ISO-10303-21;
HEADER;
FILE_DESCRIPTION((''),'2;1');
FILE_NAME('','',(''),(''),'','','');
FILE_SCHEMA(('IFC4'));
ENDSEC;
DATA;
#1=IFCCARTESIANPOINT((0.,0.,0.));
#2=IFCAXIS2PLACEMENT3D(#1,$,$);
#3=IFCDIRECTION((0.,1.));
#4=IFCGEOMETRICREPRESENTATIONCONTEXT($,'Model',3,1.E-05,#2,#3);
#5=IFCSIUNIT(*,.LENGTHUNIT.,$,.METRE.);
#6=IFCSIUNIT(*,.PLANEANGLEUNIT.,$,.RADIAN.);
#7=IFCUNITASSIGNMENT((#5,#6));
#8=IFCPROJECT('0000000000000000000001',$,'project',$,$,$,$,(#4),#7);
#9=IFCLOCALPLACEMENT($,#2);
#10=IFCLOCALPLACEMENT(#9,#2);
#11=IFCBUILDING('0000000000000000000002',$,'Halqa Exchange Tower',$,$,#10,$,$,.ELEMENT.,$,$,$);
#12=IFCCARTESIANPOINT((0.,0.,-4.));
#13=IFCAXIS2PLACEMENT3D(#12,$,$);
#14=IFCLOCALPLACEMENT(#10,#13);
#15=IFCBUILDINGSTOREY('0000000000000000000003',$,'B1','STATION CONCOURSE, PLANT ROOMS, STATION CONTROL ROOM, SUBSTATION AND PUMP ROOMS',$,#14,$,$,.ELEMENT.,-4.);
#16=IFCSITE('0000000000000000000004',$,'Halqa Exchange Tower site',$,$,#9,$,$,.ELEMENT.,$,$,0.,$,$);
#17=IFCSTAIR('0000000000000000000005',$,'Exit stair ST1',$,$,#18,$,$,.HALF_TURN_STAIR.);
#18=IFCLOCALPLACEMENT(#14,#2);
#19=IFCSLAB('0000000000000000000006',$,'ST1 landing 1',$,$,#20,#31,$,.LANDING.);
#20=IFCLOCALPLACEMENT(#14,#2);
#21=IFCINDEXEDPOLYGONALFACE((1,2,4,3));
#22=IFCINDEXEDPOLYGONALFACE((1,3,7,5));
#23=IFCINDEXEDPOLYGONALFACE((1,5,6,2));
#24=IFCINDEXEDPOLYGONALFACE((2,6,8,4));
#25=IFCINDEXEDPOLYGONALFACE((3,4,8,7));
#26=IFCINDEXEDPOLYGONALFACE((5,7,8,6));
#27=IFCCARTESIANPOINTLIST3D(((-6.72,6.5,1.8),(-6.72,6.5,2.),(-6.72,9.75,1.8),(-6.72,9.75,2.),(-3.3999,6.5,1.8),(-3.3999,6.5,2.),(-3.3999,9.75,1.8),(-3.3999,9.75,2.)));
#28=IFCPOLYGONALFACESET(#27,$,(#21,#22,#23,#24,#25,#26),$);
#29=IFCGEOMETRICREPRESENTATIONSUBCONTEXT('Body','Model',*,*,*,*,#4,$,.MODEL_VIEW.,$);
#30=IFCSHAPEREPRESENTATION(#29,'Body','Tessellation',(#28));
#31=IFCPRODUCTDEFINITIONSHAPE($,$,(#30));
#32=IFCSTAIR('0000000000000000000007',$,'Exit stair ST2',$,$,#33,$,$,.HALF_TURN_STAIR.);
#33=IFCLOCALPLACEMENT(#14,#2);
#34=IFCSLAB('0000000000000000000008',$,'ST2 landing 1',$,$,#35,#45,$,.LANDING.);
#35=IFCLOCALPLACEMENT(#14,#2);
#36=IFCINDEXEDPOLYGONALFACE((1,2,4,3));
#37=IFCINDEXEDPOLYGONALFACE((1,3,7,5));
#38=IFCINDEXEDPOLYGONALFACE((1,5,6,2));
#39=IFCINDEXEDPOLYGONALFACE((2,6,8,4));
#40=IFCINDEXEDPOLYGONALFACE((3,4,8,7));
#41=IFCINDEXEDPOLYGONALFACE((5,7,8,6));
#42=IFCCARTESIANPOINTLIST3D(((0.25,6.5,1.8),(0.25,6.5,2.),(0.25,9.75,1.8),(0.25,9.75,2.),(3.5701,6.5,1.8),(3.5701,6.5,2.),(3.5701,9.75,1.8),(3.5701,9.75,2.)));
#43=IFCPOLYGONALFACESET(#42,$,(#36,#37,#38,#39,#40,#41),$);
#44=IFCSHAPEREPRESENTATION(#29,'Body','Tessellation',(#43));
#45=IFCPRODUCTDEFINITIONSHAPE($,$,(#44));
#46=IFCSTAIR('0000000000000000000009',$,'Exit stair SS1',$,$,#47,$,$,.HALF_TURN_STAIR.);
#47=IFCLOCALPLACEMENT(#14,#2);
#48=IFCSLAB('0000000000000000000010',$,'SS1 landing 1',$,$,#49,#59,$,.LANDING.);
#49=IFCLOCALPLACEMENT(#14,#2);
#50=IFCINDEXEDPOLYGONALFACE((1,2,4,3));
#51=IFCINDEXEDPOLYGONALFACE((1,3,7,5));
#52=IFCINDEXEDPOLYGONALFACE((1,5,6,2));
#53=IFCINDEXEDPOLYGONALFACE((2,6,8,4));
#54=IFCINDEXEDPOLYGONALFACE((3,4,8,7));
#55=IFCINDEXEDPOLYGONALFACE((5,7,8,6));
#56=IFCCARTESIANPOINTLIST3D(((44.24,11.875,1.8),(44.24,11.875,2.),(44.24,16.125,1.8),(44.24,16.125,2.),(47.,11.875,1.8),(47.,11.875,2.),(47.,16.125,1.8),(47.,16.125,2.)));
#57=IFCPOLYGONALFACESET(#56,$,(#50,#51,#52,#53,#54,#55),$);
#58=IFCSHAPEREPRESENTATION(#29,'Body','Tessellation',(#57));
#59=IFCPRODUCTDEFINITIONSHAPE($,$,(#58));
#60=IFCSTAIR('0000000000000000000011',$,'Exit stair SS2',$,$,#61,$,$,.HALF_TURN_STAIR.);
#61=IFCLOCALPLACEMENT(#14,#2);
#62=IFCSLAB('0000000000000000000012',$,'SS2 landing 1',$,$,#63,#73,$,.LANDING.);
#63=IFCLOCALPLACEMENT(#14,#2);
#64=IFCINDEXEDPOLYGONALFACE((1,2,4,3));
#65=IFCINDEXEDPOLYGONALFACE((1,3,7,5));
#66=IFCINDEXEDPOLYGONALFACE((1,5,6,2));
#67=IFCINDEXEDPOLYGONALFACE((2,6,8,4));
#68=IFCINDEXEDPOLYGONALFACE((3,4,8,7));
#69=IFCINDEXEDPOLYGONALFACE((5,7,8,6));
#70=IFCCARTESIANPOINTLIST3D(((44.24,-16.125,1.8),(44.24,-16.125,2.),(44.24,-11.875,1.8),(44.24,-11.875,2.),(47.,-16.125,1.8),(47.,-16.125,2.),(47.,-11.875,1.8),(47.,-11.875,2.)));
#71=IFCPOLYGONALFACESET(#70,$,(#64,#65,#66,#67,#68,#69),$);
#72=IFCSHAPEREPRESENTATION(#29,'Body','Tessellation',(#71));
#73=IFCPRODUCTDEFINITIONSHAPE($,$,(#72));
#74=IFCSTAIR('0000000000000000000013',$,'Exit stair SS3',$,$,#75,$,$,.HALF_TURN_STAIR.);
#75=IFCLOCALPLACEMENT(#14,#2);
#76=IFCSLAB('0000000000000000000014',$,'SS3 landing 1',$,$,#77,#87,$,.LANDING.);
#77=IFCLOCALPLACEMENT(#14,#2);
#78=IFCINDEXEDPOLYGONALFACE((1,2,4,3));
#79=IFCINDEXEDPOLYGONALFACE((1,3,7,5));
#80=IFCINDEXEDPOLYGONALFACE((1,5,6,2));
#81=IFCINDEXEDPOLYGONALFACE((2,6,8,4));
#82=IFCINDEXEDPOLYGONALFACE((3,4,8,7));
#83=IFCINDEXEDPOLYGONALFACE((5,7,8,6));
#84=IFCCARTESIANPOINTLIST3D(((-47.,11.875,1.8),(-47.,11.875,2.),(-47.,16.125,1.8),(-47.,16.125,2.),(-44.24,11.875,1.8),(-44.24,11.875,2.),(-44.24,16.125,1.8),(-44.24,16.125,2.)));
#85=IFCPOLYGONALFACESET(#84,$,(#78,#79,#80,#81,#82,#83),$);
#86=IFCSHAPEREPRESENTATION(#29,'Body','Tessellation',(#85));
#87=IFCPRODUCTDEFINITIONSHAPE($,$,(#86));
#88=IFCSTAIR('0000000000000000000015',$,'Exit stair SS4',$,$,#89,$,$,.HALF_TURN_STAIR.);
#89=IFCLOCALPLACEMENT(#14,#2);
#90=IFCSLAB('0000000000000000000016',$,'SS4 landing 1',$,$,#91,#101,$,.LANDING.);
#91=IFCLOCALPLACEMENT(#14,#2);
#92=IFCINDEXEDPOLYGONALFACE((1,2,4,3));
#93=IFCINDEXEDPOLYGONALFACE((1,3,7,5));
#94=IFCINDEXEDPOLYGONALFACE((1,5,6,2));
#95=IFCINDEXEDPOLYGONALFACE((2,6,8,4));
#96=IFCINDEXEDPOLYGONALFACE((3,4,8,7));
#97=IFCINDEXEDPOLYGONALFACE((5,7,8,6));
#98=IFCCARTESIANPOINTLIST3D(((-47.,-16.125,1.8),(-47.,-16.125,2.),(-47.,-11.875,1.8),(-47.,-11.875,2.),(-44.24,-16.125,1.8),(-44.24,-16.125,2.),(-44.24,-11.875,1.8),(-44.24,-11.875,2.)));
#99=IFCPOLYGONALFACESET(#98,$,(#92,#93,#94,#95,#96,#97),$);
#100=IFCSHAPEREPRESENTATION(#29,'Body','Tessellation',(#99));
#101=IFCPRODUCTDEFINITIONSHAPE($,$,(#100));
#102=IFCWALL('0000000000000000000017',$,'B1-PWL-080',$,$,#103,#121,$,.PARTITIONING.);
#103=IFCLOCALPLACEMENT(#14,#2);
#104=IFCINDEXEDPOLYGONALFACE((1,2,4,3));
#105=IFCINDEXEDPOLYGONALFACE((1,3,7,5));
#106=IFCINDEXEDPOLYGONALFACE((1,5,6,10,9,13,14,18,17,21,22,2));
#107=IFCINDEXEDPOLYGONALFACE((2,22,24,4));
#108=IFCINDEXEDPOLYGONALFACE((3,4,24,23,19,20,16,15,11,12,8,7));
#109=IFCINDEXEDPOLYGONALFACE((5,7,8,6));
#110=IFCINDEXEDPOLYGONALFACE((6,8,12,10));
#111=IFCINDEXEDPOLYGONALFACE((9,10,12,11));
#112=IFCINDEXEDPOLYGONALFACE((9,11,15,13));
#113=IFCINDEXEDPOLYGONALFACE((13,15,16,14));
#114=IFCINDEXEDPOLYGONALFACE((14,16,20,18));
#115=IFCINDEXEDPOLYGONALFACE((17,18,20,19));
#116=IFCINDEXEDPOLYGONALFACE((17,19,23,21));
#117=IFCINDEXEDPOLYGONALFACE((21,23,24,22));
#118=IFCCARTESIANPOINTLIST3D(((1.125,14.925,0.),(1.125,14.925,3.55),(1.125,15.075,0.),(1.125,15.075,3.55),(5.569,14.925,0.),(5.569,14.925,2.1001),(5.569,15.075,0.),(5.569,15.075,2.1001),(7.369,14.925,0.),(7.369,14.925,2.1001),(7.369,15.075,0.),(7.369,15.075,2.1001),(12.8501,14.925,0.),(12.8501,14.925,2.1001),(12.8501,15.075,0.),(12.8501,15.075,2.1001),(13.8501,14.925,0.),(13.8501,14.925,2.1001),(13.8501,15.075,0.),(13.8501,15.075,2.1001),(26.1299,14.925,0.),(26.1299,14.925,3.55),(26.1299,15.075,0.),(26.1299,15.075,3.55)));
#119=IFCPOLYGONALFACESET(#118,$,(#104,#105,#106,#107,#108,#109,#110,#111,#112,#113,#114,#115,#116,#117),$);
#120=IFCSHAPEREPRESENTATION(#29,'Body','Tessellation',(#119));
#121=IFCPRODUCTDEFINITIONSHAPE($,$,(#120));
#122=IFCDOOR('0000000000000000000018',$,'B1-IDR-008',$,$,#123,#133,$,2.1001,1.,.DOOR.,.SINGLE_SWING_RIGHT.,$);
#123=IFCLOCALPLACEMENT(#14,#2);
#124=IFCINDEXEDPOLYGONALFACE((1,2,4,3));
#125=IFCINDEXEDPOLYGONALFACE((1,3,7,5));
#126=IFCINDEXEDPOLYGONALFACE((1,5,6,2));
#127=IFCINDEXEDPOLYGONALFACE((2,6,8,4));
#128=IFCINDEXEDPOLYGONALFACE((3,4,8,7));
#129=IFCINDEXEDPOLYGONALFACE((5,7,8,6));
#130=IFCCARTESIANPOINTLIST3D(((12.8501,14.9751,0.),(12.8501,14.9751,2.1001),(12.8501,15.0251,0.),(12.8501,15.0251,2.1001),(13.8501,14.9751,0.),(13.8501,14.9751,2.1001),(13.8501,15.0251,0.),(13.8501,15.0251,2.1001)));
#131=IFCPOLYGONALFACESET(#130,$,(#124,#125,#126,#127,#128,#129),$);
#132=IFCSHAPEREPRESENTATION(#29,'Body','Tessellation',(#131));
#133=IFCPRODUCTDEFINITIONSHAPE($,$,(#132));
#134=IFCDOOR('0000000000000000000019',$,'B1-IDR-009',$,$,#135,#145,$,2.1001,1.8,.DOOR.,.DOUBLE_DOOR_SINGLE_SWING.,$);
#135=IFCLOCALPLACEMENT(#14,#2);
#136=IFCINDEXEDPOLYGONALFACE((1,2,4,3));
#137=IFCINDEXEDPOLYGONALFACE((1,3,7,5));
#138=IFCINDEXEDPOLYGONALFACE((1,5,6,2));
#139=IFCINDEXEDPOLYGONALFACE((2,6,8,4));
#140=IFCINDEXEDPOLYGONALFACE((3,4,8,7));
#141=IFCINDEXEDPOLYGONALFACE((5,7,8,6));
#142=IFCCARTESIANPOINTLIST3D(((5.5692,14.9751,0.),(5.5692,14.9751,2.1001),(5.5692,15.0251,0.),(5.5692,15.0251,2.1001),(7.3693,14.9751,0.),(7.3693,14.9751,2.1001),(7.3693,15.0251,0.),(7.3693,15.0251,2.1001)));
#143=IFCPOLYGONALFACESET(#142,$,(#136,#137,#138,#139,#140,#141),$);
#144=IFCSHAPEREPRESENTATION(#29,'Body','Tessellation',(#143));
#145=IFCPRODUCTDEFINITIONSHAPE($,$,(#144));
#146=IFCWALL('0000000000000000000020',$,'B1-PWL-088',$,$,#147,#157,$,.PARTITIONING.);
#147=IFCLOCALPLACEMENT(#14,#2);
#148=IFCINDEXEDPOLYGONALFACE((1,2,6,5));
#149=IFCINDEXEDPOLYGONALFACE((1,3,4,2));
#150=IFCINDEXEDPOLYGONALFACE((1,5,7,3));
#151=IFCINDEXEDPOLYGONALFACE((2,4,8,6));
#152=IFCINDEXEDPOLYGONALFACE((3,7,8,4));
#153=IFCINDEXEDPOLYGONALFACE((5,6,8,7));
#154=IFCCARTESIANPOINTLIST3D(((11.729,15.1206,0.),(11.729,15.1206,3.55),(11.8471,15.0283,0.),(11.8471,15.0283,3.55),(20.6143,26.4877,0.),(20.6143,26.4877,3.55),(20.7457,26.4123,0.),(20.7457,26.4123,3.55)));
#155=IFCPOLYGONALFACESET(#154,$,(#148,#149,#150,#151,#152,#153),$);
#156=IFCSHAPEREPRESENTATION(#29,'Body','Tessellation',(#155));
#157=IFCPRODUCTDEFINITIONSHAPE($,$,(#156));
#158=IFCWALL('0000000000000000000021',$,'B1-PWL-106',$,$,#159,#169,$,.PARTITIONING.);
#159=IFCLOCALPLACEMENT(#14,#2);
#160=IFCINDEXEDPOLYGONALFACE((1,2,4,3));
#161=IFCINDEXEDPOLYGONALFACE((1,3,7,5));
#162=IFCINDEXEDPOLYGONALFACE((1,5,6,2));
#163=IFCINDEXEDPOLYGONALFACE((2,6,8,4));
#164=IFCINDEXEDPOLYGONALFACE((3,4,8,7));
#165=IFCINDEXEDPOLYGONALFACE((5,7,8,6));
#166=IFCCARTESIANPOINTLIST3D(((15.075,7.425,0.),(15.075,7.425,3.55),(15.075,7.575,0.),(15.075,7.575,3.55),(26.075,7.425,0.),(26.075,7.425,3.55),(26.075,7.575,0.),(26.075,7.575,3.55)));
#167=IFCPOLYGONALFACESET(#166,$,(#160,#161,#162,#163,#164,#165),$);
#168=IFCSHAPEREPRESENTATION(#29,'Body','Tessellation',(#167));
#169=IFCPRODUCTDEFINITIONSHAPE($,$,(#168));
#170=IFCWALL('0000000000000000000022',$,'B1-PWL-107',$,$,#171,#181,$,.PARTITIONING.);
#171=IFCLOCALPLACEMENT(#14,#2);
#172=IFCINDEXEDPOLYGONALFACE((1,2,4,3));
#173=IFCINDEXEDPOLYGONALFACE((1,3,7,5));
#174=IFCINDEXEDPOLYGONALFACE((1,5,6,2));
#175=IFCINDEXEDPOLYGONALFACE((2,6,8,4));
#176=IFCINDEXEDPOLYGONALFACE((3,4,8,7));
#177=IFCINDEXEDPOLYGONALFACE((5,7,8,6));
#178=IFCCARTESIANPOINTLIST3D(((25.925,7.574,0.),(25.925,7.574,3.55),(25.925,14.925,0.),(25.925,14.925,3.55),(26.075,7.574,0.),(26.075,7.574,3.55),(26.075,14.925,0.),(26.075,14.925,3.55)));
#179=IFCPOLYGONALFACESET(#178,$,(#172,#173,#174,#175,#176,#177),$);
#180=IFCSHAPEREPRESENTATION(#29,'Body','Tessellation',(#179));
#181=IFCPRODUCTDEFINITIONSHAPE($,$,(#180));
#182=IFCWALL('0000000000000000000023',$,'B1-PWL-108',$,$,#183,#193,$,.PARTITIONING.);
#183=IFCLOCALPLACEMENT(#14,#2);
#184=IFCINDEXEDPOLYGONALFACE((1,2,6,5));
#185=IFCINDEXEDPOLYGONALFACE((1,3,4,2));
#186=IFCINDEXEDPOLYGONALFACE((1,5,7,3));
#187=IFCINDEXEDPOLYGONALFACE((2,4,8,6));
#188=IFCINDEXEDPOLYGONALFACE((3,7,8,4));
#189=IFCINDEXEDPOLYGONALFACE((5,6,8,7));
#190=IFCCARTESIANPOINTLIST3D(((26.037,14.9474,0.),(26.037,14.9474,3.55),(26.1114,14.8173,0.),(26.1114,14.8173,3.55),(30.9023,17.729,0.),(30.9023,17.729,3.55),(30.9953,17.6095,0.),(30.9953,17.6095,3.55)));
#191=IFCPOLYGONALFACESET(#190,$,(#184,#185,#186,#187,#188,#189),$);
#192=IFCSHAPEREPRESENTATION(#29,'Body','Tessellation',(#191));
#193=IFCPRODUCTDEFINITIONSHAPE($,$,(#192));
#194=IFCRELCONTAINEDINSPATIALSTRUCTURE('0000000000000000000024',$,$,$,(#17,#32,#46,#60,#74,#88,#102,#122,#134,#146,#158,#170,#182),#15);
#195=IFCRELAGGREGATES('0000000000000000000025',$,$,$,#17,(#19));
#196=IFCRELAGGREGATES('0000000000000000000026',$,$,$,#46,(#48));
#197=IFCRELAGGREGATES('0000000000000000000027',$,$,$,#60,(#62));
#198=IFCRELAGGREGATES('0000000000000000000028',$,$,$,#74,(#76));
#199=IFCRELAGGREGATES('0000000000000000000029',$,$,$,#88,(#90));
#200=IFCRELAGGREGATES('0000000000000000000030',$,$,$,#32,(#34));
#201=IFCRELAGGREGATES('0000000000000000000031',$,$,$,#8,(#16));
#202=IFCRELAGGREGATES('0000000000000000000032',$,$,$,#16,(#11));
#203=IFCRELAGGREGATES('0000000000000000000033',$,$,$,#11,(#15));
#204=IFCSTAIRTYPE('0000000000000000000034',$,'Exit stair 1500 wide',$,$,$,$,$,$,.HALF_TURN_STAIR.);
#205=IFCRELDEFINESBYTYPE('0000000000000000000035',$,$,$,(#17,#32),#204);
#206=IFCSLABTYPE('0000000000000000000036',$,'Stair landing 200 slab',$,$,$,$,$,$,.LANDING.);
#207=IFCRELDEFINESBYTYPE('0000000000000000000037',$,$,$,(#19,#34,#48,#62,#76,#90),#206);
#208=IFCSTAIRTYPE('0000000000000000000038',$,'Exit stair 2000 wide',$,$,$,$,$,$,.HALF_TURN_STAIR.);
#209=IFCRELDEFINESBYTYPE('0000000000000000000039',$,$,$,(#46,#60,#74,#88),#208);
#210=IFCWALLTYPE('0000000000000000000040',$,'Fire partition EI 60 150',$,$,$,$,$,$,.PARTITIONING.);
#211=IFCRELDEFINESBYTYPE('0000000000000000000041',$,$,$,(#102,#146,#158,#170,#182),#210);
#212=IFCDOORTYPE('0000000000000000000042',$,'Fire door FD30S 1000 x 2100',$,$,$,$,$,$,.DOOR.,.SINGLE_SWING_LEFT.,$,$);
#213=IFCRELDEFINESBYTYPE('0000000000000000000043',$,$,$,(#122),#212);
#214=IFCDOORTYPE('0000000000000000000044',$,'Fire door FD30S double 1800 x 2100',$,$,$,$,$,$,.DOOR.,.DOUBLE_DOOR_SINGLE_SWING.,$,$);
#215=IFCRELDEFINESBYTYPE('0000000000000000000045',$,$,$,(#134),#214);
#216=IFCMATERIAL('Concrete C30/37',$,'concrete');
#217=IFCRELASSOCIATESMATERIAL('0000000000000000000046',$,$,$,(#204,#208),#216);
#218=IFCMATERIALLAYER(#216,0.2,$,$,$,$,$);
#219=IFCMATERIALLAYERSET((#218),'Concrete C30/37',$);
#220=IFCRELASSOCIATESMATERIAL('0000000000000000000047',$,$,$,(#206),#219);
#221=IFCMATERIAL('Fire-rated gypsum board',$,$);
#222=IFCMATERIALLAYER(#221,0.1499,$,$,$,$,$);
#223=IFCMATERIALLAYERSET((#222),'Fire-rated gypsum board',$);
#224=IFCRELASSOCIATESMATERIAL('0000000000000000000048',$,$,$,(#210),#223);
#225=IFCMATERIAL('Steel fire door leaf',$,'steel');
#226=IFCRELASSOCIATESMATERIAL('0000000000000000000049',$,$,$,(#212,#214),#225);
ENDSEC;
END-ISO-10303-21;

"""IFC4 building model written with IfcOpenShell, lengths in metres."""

from ifc_helpers import new_model, si_unit, direction, frame, frame_2d, origin, place, context, subcontext, project, spatial, polyline, rectangle, outline, extrude, material, layer, layer_set, type_object, element, fill, aggregate, save


model = new_model("IFC4")

# Units and contexts
model_context = context("Model", 3, precision=1e-05, world=origin(), true_north=direction((0.0, 1.0)))
body_context = subcontext(model_context, "Body", "Model", "MODEL_VIEW")
ifc_project = project(units=[si_unit("LENGTHUNIT", "METRE"), si_unit("PLANEANGLEUNIT", "RADIAN")], contexts=[model_context])

# Site, building, storey
site_placement = place(None, origin())
site = spatial("IfcSite", under=ifc_project, at=site_placement, Name="Halqa Exchange Tower site", CompositionType="ELEMENT", RefElevation=0.0)
building_placement = place(site_placement, origin())
building = spatial("IfcBuilding", under=site, at=building_placement, Name="Halqa Exchange Tower", CompositionType="ELEMENT")
storey_placement = place(building_placement, frame((0.0, 0.0, -4.0)))
storey = spatial("IfcBuildingStorey", under=building, at=storey_placement, Name="B1", Description="STATION CONCOURSE, PLANT ROOMS, STATION CONTROL ROOM, SUBSTATION AND PUMP ROOMS", CompositionType="ELEMENT", Elevation=-4.0)

# Stairs, slabs
ifc_material_1 = material(Name="Concrete C30/37", Category="concrete")
stair_type_1 = type_object("IfcStairType", Name="Exit stair 1500 wide", PredefinedType="HALF_TURN_STAIR", material=ifc_material_1)
stair_1_placement = place(storey_placement, origin())
stair_1 = element("IfcStair", 1, at=stair_1_placement, inside=storey, type_object=stair_type_1, Name="Exit stair ST1", PredefinedType="HALF_TURN_STAIR")
ifc_layer_1 = layer(ifc_material_1, 0.2)
ifc_layer_set_1 = layer_set([ifc_layer_1], Name="Concrete C30/37")
slab_type = type_object("IfcSlabType", Name="Stair landing 200 slab", PredefinedType="LANDING", material=ifc_layer_set_1)
slab_1_placement = place(storey_placement, frame((0.0, 0.0, 1.8)))
slab_1 = element("IfcSlab", 2, at=slab_1_placement, type_object=slab_type, Name="ST1 landing 1", PredefinedType="LANDING", context=body_context, shape_type="SweptSolid", body=[
    extrude(outline(polyline([(-6.72, 6.5), (-3.3999, 6.5), (-3.3999, 9.75), (-6.72, 9.75), (-6.72, 6.5)])), origin(), (0.0, 0.0, 1.0), 0.2),
])
aggregate(stair_1, [slab_1])
stair_2_placement = place(storey_placement, origin())
stair_2 = element("IfcStair", 3, at=stair_2_placement, inside=storey, type_object=stair_type_1, Name="Exit stair ST2", PredefinedType="HALF_TURN_STAIR")
slab_2_placement = place(storey_placement, frame((0.0, 0.0, 1.8)))
slab_2 = element("IfcSlab", 4, at=slab_2_placement, type_object=slab_type, Name="ST2 landing 1", PredefinedType="LANDING", context=body_context, shape_type="SweptSolid", body=[
    extrude(outline(polyline([(0.25, 6.5), (3.5701, 6.5), (3.5701, 9.75), (0.25, 9.75), (0.25, 6.5)])), origin(), (0.0, 0.0, 1.0), 0.2),
])
stair_type_2 = type_object("IfcStairType", Name="Exit stair 2000 wide", PredefinedType="HALF_TURN_STAIR", material=ifc_material_1)
stair_3_placement = place(storey_placement, origin())
stair_3 = element("IfcStair", 5, at=stair_3_placement, inside=storey, type_object=stair_type_2, Name="Exit stair SS1", PredefinedType="HALF_TURN_STAIR")
slab_3_placement = place(storey_placement, frame((0.0, 0.0, 1.8)))
slab_3 = element("IfcSlab", 6, at=slab_3_placement, type_object=slab_type, Name="SS1 landing 1", PredefinedType="LANDING", context=body_context, shape_type="SweptSolid", body=[
    extrude(outline(polyline([(44.24, 11.875), (47.0, 11.875), (47.0, 16.125), (44.24, 16.125), (44.24, 11.875)])), origin(), (0.0, 0.0, 1.0), 0.2),
])
aggregate(stair_3, [slab_3])
stair_4_placement = place(storey_placement, origin())
stair_4 = element("IfcStair", 7, at=stair_4_placement, inside=storey, type_object=stair_type_2, Name="Exit stair SS2", PredefinedType="HALF_TURN_STAIR")
slab_4_placement = place(storey_placement, frame((0.0, 0.0, 1.8)))
slab_4 = element("IfcSlab", 8, at=slab_4_placement, type_object=slab_type, Name="SS2 landing 1", PredefinedType="LANDING", context=body_context, shape_type="SweptSolid", body=[
    extrude(outline(polyline([(44.24, -16.125), (47.0, -16.125), (47.0, -11.875), (44.24, -11.875), (44.24, -16.125)])), origin(), (0.0, 0.0, 1.0), 0.2),
])
aggregate(stair_4, [slab_4])
stair_5_placement = place(storey_placement, origin())
stair_5 = element("IfcStair", 9, at=stair_5_placement, inside=storey, type_object=stair_type_2, Name="Exit stair SS3", PredefinedType="HALF_TURN_STAIR")
slab_5_placement = place(storey_placement, frame((0.0, 0.0, 1.8)))
slab_5 = element("IfcSlab", 10, at=slab_5_placement, type_object=slab_type, Name="SS3 landing 1", PredefinedType="LANDING", context=body_context, shape_type="SweptSolid", body=[
    extrude(outline(polyline([(-47.0, 11.875), (-44.24, 11.875), (-44.24, 16.125), (-47.0, 16.125), (-47.0, 11.875)])), origin(), (0.0, 0.0, 1.0), 0.2),
])
aggregate(stair_5, [slab_5])
stair_6_placement = place(storey_placement, origin())
stair_6 = element("IfcStair", 11, at=stair_6_placement, inside=storey, type_object=stair_type_2, Name="Exit stair SS4", PredefinedType="HALF_TURN_STAIR")
slab_6_placement = place(storey_placement, frame((0.0, 0.0, 1.8)))
slab_6 = element("IfcSlab", 12, at=slab_6_placement, type_object=slab_type, Name="SS4 landing 1", PredefinedType="LANDING", context=body_context, shape_type="SweptSolid", body=[
    extrude(outline(polyline([(-47.0, -16.125), (-44.24, -16.125), (-44.24, -11.875), (-47.0, -11.875), (-47.0, -16.125)])), origin(), (0.0, 0.0, 1.0), 0.2),
])
aggregate(stair_6, [slab_6])

# Wall, openings, doors
ifc_material_2 = material(Name="Fire-rated gypsum board")
ifc_layer_2 = layer(ifc_material_2, 0.1499)
ifc_layer_set_2 = layer_set([ifc_layer_2], Name="Fire-rated gypsum board")
wall_type_1 = type_object("IfcWallType", Name="Fire partition EI 60 150", PredefinedType="PARTITIONING", material=ifc_layer_set_2)
wall_1_placement = place(storey_placement, frame((1.125, 15.0, 0.0), z_axis=(0.0, 0.0, 1.0), x_axis=(1.0, 0.0, 0.0)))
wall_1 = element("IfcWall", 13, at=wall_1_placement, inside=storey, type_object=wall_type_1, Name="B1-PWL-080", PredefinedType="PARTITIONING", context=body_context, shape_type="SweptSolid", body=[
    extrude(rectangle(XDim=25.0049, YDim=0.1499, at=frame_2d((12.5024, 0.0))), origin(), (0.0, 0.0, 1.0), 3.55),
])
opening_1_placement = place(wall_1_placement, frame((11.7251, 0.0, 0.0)))
opening_1 = element("IfcOpeningElement", 14, at=opening_1_placement, cuts=wall_1, PredefinedType="OPENING", context=body_context, shape_type="SweptSolid", body=[
    extrude(rectangle(XDim=1.0, YDim=2.1001, at=frame_2d((0.5, 1.05))), frame((0.0, 0.0869, 0.0), z_axis=(0.0, -1.0, 0.0), x_axis=(1.0, 0.0, 0.0)), (0.0, 0.0, 1.0), 0.1738),
])
opening_2_placement = place(wall_1_placement, frame((4.4441, 0.0, 0.0)))
opening_2 = element("IfcOpeningElement", 15, at=opening_2_placement, cuts=wall_1, PredefinedType="OPENING", context=body_context, shape_type="SweptSolid", body=[
    extrude(rectangle(XDim=1.8, YDim=2.1001, at=frame_2d((0.8999, 1.05))), frame((0.0, 0.0869, 0.0), z_axis=(0.0, -1.0, 0.0), x_axis=(1.0, 0.0, 0.0)), (0.0, 0.0, 1.0), 0.1738),
])
ifc_material_3 = material(Name="Steel fire door leaf", Category="steel")
door_type_1 = type_object("IfcDoorType", Name="Fire door FD30S 1000 x 2100", OperationType="SINGLE_SWING_LEFT", PredefinedType="DOOR", material=ifc_material_3)
door_1_placement = place(opening_1_placement, frame((1.0, 0.0, 0.0), z_axis=(0.0, 0.0, 1.0), x_axis=(-1.0, 0.0, 0.0)))
door_1 = element("IfcDoor", 16, at=door_1_placement, inside=storey, type_object=door_type_1, Name="B1-IDR-008", OperationType="SINGLE_SWING_RIGHT", OverallHeight=2.1001, OverallWidth=1.0, PredefinedType="DOOR", context=body_context, shape_type="SweptSolid", body=[
    extrude(rectangle(XDim=1.0, YDim=2.1001, at=frame_2d((0.5, 1.05))), frame((0.0, 0.0249, 0.0), z_axis=(0.0, -1.0, 0.0), x_axis=(1.0, 0.0, 0.0)), (0.0, 0.0, 1.0), 0.05),
])
fill(opening_1, door_1)
door_type_2 = type_object("IfcDoorType", Name="Fire door FD30S double 1800 x 2100", OperationType="DOUBLE_DOOR_SINGLE_SWING", PredefinedType="DOOR", material=ifc_material_3)
door_2_placement = place(opening_2_placement, frame((1.8, 0.0, 0.0), z_axis=(0.0, 0.0, 1.0), x_axis=(-1.0, 0.0, 0.0)))
door_2 = element("IfcDoor", 17, at=door_2_placement, inside=storey, type_object=door_type_2, Name="B1-IDR-009", OperationType="DOUBLE_DOOR_SINGLE_SWING", OverallHeight=2.1001, OverallWidth=1.8, PredefinedType="DOOR", context=body_context, shape_type="SweptSolid", body=[
    extrude(rectangle(XDim=1.8, YDim=2.1001, at=frame_2d((0.8999, 1.05))), frame((0.0, 0.0249, 0.0), z_axis=(0.0, -1.0, 0.0), x_axis=(1.0, 0.0, 0.0)), (0.0, 0.0, 1.0), 0.05),
])
fill(opening_2, door_2)

# Walls
wall_2_placement = place(storey_placement, frame((11.7881, 15.0745, 0.0), z_axis=(0.0, 0.0, 1.0), x_axis=(0.615848, 0.787865, 0.0)))
element("IfcWall", 18, at=wall_2_placement, inside=storey, type_object=wall_type_1, Name="B1-PWL-088", PredefinedType="PARTITIONING", context=body_context, shape_type="SweptSolid", body=[
    extrude(outline(polyline([(0.0, -0.075), (14.4492, -0.075), (14.4277, 0.075), (0.0, 0.075), (0.0, -0.075)])), origin(), (0.0, 0.0, 1.0), 3.55),
])
wall_3_placement = place(storey_placement, frame((26.075, 7.5, 0.0), z_axis=(0.0, 0.0, 1.0), x_axis=(-1.0, 0.0, 0.0)))
element("IfcWall", 19, at=wall_3_placement, inside=storey, type_object=wall_type_1, Name="B1-PWL-106", PredefinedType="PARTITIONING", context=body_context, shape_type="SweptSolid", body=[
    extrude(rectangle(XDim=11.0, YDim=0.1499, at=frame_2d((5.5, 0.0))), origin(), (0.0, 0.0, 1.0), 3.55),
])
wall_4_placement = place(storey_placement, frame((26.0, 7.574, 0.0), z_axis=(0.0, 0.0, 1.0), x_axis=(0.0, 1.0, 0.0)))
element("IfcWall", 20, at=wall_4_placement, inside=storey, type_object=wall_type_1, Name="B1-PWL-107", PredefinedType="PARTITIONING", context=body_context, shape_type="SweptSolid", body=[
    extrude(rectangle(XDim=7.3511, YDim=0.1499, at=frame_2d((3.6755, 0.0))), origin(), (0.0, 0.0, 1.0), 3.55),
])
wall_5_placement = place(storey_placement, frame((26.0742, 14.8823, 0.0), z_axis=(0.0, 0.0, 1.0), x_axis=(0.868133, 0.496331, 0.0)))
element("IfcWall", 21, at=wall_5_placement, inside=storey, type_object=wall_type_1, Name="B1-PWL-108", PredefinedType="PARTITIONING", context=body_context, shape_type="SweptSolid", body=[
    extrude(outline(polyline([(0.0, -0.075), (5.6257, -0.075), (5.6042, 0.075), (0.0, 0.075), (0.0, -0.075)])), origin(), (0.0, 0.0, 1.0), 3.55),
])

aggregate(stair_2, [slab_2])

save(model, "model.ifc")
